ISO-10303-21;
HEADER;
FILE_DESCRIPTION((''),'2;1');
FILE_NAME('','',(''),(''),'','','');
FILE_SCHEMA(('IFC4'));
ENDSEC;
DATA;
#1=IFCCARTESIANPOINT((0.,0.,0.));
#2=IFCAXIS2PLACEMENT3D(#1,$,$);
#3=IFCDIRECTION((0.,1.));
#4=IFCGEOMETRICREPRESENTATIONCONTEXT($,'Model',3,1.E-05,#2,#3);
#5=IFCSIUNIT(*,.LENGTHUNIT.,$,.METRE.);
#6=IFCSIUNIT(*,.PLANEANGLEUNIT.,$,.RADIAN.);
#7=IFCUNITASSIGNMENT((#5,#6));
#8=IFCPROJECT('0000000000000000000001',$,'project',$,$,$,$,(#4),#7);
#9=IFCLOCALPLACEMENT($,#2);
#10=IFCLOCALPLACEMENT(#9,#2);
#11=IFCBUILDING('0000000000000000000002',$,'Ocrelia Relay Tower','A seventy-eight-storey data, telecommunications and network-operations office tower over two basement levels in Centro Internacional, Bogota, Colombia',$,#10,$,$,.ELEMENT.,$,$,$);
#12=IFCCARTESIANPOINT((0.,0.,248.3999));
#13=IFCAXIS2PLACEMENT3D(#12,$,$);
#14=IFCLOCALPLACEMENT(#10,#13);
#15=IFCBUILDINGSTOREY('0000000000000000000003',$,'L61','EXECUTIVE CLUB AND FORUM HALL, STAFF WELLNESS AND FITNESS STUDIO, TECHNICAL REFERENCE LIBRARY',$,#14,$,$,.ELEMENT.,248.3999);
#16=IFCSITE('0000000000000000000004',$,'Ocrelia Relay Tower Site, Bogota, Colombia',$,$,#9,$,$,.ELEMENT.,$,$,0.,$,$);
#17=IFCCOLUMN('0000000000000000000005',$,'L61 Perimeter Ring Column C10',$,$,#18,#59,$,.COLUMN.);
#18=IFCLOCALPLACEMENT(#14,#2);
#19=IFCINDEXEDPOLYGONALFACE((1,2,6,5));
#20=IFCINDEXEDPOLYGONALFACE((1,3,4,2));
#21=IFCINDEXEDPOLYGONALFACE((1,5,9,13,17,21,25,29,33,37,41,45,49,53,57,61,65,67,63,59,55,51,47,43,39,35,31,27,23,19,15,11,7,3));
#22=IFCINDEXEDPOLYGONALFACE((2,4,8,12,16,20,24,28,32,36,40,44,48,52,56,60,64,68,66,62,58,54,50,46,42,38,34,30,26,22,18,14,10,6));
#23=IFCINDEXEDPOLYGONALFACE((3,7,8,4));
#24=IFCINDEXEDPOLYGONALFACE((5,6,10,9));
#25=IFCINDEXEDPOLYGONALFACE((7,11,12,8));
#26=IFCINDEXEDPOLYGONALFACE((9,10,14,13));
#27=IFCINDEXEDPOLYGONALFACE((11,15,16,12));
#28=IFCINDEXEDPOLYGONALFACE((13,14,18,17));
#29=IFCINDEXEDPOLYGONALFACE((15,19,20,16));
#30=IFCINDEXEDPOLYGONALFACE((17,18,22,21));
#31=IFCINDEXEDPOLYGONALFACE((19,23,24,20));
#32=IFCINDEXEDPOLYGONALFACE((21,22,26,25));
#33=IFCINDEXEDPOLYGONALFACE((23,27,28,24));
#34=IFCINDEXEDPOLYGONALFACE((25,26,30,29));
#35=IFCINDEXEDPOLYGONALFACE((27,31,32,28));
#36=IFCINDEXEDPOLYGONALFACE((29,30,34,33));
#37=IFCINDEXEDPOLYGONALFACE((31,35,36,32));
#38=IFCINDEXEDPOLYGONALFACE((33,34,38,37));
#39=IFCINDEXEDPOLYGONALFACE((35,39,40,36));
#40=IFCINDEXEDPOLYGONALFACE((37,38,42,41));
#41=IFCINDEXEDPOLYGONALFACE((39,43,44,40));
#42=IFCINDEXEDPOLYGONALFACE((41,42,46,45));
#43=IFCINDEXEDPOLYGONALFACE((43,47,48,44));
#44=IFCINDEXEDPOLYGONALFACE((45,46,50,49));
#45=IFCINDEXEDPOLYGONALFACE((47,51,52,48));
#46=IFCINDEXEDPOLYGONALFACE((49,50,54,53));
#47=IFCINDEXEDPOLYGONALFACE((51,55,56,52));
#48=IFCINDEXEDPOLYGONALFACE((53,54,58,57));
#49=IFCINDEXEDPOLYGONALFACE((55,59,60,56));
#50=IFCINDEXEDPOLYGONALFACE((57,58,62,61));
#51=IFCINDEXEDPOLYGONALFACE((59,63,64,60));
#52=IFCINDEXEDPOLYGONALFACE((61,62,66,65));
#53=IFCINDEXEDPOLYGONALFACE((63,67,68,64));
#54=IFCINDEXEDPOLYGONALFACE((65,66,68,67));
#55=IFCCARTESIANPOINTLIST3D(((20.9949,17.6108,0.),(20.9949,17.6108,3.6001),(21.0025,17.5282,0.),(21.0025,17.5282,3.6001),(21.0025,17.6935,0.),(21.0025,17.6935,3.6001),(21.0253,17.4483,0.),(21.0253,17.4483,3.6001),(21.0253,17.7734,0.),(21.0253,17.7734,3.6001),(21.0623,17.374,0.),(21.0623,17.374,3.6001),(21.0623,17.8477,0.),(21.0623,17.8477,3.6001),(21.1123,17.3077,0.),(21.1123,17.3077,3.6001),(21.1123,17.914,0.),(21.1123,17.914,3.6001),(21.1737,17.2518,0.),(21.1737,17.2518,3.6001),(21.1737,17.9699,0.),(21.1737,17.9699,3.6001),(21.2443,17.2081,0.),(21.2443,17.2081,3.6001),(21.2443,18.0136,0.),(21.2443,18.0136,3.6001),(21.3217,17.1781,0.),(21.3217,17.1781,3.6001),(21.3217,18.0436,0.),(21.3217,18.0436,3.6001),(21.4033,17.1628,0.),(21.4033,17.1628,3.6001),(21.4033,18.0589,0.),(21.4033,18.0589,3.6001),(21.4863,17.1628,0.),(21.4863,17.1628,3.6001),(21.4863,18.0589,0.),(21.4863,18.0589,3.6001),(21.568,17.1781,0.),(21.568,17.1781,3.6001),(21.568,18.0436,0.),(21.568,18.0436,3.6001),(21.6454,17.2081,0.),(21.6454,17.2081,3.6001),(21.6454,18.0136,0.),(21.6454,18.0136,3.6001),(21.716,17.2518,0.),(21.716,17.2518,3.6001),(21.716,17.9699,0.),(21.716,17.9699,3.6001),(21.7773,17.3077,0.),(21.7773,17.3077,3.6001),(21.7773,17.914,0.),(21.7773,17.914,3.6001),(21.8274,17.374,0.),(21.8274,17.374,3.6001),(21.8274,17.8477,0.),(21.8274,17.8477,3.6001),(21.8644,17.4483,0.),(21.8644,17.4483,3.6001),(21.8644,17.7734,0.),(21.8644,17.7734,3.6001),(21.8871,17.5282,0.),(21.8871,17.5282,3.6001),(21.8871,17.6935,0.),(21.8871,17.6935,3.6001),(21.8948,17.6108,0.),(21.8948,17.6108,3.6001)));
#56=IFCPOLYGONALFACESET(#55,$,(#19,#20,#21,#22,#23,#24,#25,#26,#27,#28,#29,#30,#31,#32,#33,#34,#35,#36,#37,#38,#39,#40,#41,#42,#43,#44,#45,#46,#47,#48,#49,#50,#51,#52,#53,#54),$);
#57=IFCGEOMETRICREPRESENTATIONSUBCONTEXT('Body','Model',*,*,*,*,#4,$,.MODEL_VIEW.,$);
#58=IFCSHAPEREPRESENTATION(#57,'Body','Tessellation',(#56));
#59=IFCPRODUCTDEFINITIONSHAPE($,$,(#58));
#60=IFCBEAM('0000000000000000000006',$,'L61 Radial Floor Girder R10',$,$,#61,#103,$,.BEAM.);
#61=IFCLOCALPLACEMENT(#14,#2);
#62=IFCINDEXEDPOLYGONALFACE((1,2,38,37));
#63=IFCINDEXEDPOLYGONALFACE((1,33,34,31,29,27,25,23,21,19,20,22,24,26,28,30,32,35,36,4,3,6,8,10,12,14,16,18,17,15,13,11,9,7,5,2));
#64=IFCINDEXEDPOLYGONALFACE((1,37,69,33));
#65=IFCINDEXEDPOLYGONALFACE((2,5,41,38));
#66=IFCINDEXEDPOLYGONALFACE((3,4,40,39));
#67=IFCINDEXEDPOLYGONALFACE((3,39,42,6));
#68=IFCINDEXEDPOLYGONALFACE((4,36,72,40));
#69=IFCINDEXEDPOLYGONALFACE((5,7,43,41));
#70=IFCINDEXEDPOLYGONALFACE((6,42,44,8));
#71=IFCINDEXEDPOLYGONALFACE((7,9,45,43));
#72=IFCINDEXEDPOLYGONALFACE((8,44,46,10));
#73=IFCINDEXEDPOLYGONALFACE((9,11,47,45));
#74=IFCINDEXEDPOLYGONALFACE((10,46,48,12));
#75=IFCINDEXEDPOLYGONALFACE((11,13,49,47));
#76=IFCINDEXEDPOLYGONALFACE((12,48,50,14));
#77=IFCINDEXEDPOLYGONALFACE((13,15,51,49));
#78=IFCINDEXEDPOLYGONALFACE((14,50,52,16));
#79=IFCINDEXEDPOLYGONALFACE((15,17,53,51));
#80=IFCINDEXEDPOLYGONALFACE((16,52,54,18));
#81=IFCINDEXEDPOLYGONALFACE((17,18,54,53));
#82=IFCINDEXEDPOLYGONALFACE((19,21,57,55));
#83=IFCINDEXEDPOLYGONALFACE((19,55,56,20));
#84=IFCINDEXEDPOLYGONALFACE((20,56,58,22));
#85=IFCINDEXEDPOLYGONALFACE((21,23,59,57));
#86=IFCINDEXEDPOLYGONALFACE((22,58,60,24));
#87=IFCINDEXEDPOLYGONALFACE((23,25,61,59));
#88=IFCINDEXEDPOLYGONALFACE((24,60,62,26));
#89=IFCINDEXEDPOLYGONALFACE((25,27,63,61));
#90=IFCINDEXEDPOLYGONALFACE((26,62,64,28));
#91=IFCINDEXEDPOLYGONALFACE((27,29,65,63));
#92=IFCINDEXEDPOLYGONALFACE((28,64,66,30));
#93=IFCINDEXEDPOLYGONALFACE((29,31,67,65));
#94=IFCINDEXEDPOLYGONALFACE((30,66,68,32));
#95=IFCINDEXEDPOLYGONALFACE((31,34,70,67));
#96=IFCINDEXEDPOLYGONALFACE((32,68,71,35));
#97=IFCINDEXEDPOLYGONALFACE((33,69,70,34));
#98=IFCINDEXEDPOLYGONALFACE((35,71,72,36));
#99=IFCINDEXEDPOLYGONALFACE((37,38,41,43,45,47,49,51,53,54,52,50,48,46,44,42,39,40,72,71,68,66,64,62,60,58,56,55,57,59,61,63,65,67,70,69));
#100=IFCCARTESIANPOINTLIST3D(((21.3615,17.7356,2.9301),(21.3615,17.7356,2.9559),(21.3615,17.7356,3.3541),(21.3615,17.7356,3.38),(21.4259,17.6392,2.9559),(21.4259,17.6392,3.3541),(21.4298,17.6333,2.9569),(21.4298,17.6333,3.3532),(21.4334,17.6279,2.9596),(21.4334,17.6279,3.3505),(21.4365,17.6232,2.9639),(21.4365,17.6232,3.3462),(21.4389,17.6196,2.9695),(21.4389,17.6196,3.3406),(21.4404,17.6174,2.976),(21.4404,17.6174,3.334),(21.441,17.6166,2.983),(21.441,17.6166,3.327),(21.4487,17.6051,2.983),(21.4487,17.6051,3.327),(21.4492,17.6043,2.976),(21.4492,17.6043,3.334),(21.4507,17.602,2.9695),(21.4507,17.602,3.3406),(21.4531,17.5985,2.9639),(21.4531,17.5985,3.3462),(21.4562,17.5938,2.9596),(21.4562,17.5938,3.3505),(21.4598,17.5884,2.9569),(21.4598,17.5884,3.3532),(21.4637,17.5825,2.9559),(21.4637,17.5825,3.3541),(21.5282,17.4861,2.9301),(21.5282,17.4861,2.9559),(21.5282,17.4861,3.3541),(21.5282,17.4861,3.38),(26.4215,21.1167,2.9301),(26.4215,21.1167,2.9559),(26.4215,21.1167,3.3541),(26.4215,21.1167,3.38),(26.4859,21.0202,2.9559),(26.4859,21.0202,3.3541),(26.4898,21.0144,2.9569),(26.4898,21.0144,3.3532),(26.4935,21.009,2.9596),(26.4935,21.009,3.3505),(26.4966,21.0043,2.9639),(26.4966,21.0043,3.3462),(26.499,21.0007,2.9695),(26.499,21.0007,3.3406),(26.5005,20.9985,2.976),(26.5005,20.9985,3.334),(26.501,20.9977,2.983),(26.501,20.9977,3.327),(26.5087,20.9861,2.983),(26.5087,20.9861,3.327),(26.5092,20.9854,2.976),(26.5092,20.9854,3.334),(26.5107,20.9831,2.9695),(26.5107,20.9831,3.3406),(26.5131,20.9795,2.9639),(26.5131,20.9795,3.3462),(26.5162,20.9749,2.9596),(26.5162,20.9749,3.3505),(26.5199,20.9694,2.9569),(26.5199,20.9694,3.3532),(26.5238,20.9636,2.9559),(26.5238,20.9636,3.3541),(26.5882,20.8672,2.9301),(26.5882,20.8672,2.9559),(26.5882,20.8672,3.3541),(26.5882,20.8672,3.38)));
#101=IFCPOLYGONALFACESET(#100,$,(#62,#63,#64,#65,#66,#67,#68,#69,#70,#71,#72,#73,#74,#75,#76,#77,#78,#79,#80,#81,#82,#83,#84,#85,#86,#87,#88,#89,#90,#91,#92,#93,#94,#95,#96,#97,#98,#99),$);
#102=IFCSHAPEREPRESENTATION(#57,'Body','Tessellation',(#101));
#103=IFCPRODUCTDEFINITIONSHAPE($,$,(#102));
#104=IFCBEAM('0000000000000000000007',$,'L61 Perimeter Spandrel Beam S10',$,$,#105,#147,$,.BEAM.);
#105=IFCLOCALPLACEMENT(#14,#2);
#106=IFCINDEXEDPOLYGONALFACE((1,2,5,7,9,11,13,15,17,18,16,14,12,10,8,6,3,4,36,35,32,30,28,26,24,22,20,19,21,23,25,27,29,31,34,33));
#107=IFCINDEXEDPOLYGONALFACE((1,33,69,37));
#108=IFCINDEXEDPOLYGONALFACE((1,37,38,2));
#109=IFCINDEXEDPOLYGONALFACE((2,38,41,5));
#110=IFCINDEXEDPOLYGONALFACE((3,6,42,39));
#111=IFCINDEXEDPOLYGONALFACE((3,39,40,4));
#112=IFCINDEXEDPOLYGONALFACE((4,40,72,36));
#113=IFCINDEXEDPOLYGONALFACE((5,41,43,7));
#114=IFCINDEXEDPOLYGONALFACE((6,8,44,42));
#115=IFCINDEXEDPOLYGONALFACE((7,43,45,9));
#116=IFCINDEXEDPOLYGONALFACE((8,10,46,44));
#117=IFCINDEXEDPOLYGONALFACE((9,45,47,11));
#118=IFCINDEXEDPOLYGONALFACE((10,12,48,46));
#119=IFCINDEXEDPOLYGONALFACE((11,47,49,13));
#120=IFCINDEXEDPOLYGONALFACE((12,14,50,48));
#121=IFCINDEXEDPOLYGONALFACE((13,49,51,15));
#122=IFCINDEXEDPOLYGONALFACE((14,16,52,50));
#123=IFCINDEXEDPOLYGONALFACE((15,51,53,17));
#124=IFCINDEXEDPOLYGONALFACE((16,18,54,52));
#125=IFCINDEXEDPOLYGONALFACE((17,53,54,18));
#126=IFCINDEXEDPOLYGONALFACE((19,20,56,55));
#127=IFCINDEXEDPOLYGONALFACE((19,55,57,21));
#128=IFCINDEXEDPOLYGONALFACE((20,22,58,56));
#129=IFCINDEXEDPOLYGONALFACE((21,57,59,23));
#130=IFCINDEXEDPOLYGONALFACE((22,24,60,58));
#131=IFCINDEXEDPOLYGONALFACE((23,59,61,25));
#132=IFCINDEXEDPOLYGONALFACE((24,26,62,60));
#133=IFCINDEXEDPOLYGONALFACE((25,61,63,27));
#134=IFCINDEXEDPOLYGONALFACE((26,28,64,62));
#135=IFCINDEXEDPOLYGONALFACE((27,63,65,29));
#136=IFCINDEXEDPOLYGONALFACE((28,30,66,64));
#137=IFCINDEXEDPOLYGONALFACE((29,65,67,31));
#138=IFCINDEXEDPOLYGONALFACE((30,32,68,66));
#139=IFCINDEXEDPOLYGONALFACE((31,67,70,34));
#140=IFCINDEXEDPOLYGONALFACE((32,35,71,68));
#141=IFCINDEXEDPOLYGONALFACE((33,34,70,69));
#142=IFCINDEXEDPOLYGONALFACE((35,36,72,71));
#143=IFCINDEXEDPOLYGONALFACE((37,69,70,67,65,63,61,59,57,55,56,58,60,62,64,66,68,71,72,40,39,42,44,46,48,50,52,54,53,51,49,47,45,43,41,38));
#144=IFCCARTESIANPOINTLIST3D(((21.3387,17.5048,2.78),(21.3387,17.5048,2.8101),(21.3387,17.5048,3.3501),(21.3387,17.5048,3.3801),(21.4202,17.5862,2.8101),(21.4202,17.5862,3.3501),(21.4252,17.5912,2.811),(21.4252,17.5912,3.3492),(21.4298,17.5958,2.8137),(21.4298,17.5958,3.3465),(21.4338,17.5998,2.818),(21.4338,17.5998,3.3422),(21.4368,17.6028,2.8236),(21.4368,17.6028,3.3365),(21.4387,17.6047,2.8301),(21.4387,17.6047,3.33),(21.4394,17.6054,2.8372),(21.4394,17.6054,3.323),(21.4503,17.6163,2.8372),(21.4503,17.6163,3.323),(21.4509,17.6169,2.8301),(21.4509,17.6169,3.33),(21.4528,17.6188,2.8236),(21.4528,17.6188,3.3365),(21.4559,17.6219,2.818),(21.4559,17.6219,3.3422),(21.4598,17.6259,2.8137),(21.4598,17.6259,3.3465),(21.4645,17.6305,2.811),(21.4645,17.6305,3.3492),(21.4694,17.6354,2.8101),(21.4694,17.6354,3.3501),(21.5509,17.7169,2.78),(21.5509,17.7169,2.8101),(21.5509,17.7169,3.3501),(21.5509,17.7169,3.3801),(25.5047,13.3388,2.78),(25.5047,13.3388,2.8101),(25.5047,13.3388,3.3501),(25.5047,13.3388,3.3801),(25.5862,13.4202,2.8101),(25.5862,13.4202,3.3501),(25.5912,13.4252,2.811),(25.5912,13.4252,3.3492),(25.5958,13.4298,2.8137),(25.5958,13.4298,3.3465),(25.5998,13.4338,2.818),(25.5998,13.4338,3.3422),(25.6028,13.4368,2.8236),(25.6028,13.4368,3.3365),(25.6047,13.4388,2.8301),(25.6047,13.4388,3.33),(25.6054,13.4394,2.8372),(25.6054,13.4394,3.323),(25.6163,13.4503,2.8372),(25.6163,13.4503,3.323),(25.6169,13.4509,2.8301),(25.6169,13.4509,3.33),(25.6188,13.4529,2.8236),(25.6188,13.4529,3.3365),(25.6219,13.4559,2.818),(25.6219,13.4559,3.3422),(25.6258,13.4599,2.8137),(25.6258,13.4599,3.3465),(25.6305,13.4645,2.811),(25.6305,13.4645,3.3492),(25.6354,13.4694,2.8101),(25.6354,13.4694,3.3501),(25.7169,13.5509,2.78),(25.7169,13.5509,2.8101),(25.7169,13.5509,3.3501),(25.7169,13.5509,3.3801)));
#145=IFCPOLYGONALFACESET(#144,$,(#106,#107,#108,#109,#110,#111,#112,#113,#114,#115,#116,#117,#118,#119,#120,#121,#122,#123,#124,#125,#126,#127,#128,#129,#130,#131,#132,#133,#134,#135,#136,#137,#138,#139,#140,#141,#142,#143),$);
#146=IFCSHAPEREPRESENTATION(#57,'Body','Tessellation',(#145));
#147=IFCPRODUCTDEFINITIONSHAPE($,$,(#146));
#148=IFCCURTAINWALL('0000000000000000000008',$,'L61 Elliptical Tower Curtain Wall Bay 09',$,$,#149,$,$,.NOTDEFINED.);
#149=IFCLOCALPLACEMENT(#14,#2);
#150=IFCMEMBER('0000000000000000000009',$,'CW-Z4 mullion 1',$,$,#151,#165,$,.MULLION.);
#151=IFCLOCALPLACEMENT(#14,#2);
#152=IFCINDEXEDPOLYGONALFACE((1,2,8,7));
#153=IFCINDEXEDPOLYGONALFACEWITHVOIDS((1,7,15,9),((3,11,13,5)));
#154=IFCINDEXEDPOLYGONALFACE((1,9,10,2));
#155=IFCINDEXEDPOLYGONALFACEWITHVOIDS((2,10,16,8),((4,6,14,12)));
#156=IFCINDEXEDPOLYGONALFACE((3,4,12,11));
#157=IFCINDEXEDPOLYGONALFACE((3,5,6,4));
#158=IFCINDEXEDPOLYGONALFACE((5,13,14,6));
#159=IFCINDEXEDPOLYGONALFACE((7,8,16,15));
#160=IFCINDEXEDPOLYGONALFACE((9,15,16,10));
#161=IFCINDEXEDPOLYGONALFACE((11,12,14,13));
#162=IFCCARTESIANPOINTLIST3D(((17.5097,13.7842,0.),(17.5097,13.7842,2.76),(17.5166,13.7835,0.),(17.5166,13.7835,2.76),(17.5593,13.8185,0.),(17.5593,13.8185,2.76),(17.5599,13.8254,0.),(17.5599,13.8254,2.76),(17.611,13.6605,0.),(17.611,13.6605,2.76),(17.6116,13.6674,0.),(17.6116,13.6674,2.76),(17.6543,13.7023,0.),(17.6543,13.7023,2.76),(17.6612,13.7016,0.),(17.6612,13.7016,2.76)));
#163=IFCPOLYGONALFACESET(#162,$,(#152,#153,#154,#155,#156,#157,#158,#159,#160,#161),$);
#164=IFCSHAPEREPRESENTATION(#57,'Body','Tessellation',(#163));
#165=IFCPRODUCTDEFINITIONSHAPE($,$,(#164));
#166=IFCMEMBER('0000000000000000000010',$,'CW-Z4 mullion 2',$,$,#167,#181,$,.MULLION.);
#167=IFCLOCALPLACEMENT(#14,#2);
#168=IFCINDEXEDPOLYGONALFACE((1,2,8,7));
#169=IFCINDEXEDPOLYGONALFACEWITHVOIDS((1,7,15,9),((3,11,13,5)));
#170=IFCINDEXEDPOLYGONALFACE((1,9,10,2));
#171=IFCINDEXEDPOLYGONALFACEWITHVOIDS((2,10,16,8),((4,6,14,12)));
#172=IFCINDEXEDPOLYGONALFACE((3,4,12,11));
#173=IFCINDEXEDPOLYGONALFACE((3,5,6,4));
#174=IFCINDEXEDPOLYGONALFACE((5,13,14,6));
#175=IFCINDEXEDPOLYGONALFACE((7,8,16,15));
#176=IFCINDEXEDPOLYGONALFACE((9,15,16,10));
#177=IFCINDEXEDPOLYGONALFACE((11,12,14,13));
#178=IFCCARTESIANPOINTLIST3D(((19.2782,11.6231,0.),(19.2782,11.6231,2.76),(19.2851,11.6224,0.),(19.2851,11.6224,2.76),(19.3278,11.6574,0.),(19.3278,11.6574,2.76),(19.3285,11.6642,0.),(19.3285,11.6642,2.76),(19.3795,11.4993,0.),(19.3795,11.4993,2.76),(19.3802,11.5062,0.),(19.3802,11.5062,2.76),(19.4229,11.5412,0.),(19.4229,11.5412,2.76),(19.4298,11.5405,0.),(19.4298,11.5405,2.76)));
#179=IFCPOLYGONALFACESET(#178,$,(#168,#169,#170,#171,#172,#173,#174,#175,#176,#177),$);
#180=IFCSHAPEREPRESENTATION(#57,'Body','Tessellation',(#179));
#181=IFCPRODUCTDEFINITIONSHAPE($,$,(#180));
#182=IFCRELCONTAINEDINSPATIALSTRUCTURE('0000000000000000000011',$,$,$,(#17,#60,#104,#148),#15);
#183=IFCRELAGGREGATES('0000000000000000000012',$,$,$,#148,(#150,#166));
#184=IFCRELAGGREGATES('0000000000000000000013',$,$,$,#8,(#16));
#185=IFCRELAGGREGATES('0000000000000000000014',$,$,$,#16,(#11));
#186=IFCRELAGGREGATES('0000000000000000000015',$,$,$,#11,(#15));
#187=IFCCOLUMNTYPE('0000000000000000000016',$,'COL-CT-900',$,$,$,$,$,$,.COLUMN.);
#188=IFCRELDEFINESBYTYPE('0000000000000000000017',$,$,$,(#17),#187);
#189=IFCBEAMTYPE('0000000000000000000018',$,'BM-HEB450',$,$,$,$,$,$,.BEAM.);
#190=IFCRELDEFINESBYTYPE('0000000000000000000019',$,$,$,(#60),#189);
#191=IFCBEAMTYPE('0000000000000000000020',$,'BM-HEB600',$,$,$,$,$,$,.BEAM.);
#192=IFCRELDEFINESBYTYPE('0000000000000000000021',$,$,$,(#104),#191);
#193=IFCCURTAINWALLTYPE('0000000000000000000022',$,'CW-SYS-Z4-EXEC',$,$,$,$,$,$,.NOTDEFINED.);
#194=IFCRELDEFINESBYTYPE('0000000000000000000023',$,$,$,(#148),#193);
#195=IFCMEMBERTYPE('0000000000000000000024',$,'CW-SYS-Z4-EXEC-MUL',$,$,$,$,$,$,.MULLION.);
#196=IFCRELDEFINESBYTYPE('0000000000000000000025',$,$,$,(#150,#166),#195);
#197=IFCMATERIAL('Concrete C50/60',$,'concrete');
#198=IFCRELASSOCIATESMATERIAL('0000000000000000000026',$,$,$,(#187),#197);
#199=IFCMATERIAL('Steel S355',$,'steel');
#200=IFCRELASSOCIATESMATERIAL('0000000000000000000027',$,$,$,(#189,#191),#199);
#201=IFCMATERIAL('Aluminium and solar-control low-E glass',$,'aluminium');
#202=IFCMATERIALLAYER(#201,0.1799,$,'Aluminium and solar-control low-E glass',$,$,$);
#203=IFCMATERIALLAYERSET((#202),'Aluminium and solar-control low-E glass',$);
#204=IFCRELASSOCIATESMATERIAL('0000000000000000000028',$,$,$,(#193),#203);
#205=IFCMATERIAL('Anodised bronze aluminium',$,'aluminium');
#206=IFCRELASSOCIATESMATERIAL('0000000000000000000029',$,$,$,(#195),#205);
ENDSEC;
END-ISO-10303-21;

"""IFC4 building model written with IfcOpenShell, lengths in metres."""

from ifc_helpers import new_model, si_unit, direction, frame, origin, origin_2d, place, context, subcontext, project, spatial, hollow_rectangle, circle, i_section, extrude, material, layer, layer_set, material_profile, profile_set, type_object, element, aggregate, save


model = new_model("IFC4")

# Units and contexts
model_context = context("Model", 3, precision=1e-05, world=origin(), true_north=direction((0.0, 1.0)))
body_context = subcontext(model_context, "Body", "Model", "MODEL_VIEW")
ifc_project = project(units=[si_unit("LENGTHUNIT", "METRE"), si_unit("PLANEANGLEUNIT", "RADIAN")], contexts=[model_context])

# Site, building, storey
site_placement = place(None, origin())
site = spatial("IfcSite", under=ifc_project, at=site_placement, Name="Ocrelia Relay Tower Site, Bogota, Colombia", CompositionType="ELEMENT", RefElevation=0.0)
building_placement = place(site_placement, origin())
building = spatial("IfcBuilding", under=site, at=building_placement, Name="Ocrelia Relay Tower", Description="A seventy-eight-storey data, telecommunications and network-operations office tower over two basement levels in Centro Internacional, Bogota, Colombia", CompositionType="ELEMENT")
storey_placement = place(building_placement, frame((0.0, 0.0, 248.3999)))
storey = spatial("IfcBuildingStorey", under=building, at=storey_placement, Name="L61", Description="EXECUTIVE CLUB AND FORUM HALL, STAFF WELLNESS AND FITNESS STUDIO, TECHNICAL REFERENCE LIBRARY", CompositionType="ELEMENT", Elevation=248.3999)

# Column
ifc_material_1 = material(Name="Concrete C50/60", Category="concrete")
ifc_material_profile_1 = material_profile(ifc_material_1, circle(Radius=0.45, at=origin_2d()), Name="RC-CIR-900")
ifc_profile_set_1 = profile_set([ifc_material_profile_1], Name="Concrete C50/60")
column_type = type_object("IfcColumnType", Name="COL-CT-900", PredefinedType="COLUMN", material=ifc_profile_set_1)
column_placement = place(storey_placement, frame((21.4448, 17.6108, 0.0), z_axis=(0.0, 0.0, 1.0), x_axis=(1.0, 0.0, 0.0)))
element("IfcColumn", 1, at=column_placement, inside=storey, type_object=column_type, Name="L61 Perimeter Ring Column C10", PredefinedType="COLUMN", context=body_context, shape_type="SweptSolid", body=[
    extrude(circle(Radius=0.45, at=origin_2d()), origin(), (0.0, 0.0, 1.0), 3.6001),
])

# Beams
ifc_material_2 = material(Name="Steel S355", Category="steel")
ifc_material_profile_2 = material_profile(ifc_material_2, i_section(OverallWidth=0.3, OverallDepth=0.45, WebThickness=0.0139, FlangeThickness=0.0259, FilletRadius=0.0271, at=origin_2d()), Name="HEB 450")
ifc_profile_set_2 = profile_set([ifc_material_profile_2], Name="Steel S355")
beam_type_1 = type_object("IfcBeamType", Name="BM-HEB450", PredefinedType="BEAM", material=ifc_profile_set_2)
beam_1_placement = place(storey_placement, frame((21.4448, 17.6108, 3.155), z_axis=(0.831464, 0.555579, 0.0), x_axis=(-0.555579, 0.831464, 0.0)))
element("IfcBeam", 2, at=beam_1_placement, inside=storey, type_object=beam_type_1, Name="L61 Radial Floor Girder R10", PredefinedType="BEAM", context=body_context, shape_type="SweptSolid", body=[
    extrude(i_section(OverallWidth=0.3, OverallDepth=0.45, WebThickness=0.0139, FlangeThickness=0.0259, FilletRadius=0.0271, at=origin_2d()), origin(), (0.0, 0.0, 1.0), 6.0857),
])
ifc_material_profile_3 = material_profile(ifc_material_2, i_section(OverallWidth=0.3, OverallDepth=0.6001, WebThickness=0.0154, FlangeThickness=0.03, FilletRadius=0.0271, at=origin_2d()), Name="HEB 600")
ifc_profile_set_3 = profile_set([ifc_material_profile_3], Name="Steel S355")
beam_type_2 = type_object("IfcBeamType", Name="BM-HEB600", PredefinedType="BEAM", material=ifc_profile_set_3)
beam_2_placement = place(storey_placement, frame((21.4448, 17.6108, 3.0801), z_axis=(0.707107, -0.707107, 0.0), x_axis=(0.707107, 0.707107, 0.0)))
element("IfcBeam", 3, at=beam_2_placement, inside=storey, type_object=beam_type_2, Name="L61 Perimeter Spandrel Beam S10", PredefinedType="BEAM", context=body_context, shape_type="SweptSolid", body=[
    extrude(i_section(OverallWidth=0.3, OverallDepth=0.6001, WebThickness=0.0154, FlangeThickness=0.03, FilletRadius=0.0271, at=origin_2d()), origin(), (0.0, 0.0, 1.0), 5.8916),
])

# Curtain wall, members
ifc_material_3 = material(Name="Aluminium and solar-control low-E glass", Category="aluminium")
ifc_layer_1 = layer(ifc_material_3, 0.1799, Name="Aluminium and solar-control low-E glass")
ifc_layer_set_1 = layer_set([ifc_layer_1], Name="Aluminium and solar-control low-E glass")
curtain_wall_type = type_object("IfcCurtainWallType", Name="CW-SYS-Z4-EXEC", PredefinedType="NOTDEFINED", material=ifc_layer_set_1)
curtain_wall_1_placement = place(storey_placement, origin())
curtain_wall_1 = element("IfcCurtainWall", 4, at=curtain_wall_1_placement, inside=storey, type_object=curtain_wall_type, Name="L61 Elliptical Tower Curtain Wall Bay 09", PredefinedType="NOTDEFINED")
ifc_material_4 = material(Name="Anodised bronze aluminium", Category="aluminium")
ifc_material_profile_4 = material_profile(ifc_material_4, hollow_rectangle(XDim=0.0649, YDim=0.1599, WallThickness=0.0049, at=origin_2d()), Name="CW-MUL-160x65")
ifc_profile_set_4 = profile_set([ifc_material_profile_4], Name="Anodised bronze aluminium")
member_type_1 = type_object("IfcMemberType", Name="CW-SYS-Z4-EXEC-MUL", PredefinedType="MULLION", material=ifc_profile_set_4)
member_1_placement = place(storey_placement, frame((17.5854, 13.7429, 0.0), z_axis=(0.0, 0.0, 1.0), x_axis=(0.773869, 0.633346, 0.0)))
member_1 = element("IfcMember", 5, at=member_1_placement, type_object=member_type_1, Name="CW-Z4 mullion 1", PredefinedType="MULLION", context=body_context, shape_type="SweptSolid", body=[
    extrude(hollow_rectangle(XDim=0.0649, YDim=0.1599, WallThickness=0.0049, at=origin_2d()), origin(), (0.0, 0.0, 1.0), 2.76),
])
member_2_placement = place(storey_placement, frame((19.354, 11.5818, 0.0), z_axis=(0.0, 0.0, 1.0), x_axis=(0.773869, 0.633346, 0.0)))
member_2 = element("IfcMember", 6, at=member_2_placement, type_object=member_type_1, Name="CW-Z4 mullion 2", PredefinedType="MULLION", context=body_context, shape_type="SweptSolid", body=[
    extrude(hollow_rectangle(XDim=0.0649, YDim=0.1599, WallThickness=0.0049, at=origin_2d()), origin(), (0.0, 0.0, 1.0), 2.76),
])

aggregate(curtain_wall_1, [member_1, member_2])

save(model, "model.ifc")
